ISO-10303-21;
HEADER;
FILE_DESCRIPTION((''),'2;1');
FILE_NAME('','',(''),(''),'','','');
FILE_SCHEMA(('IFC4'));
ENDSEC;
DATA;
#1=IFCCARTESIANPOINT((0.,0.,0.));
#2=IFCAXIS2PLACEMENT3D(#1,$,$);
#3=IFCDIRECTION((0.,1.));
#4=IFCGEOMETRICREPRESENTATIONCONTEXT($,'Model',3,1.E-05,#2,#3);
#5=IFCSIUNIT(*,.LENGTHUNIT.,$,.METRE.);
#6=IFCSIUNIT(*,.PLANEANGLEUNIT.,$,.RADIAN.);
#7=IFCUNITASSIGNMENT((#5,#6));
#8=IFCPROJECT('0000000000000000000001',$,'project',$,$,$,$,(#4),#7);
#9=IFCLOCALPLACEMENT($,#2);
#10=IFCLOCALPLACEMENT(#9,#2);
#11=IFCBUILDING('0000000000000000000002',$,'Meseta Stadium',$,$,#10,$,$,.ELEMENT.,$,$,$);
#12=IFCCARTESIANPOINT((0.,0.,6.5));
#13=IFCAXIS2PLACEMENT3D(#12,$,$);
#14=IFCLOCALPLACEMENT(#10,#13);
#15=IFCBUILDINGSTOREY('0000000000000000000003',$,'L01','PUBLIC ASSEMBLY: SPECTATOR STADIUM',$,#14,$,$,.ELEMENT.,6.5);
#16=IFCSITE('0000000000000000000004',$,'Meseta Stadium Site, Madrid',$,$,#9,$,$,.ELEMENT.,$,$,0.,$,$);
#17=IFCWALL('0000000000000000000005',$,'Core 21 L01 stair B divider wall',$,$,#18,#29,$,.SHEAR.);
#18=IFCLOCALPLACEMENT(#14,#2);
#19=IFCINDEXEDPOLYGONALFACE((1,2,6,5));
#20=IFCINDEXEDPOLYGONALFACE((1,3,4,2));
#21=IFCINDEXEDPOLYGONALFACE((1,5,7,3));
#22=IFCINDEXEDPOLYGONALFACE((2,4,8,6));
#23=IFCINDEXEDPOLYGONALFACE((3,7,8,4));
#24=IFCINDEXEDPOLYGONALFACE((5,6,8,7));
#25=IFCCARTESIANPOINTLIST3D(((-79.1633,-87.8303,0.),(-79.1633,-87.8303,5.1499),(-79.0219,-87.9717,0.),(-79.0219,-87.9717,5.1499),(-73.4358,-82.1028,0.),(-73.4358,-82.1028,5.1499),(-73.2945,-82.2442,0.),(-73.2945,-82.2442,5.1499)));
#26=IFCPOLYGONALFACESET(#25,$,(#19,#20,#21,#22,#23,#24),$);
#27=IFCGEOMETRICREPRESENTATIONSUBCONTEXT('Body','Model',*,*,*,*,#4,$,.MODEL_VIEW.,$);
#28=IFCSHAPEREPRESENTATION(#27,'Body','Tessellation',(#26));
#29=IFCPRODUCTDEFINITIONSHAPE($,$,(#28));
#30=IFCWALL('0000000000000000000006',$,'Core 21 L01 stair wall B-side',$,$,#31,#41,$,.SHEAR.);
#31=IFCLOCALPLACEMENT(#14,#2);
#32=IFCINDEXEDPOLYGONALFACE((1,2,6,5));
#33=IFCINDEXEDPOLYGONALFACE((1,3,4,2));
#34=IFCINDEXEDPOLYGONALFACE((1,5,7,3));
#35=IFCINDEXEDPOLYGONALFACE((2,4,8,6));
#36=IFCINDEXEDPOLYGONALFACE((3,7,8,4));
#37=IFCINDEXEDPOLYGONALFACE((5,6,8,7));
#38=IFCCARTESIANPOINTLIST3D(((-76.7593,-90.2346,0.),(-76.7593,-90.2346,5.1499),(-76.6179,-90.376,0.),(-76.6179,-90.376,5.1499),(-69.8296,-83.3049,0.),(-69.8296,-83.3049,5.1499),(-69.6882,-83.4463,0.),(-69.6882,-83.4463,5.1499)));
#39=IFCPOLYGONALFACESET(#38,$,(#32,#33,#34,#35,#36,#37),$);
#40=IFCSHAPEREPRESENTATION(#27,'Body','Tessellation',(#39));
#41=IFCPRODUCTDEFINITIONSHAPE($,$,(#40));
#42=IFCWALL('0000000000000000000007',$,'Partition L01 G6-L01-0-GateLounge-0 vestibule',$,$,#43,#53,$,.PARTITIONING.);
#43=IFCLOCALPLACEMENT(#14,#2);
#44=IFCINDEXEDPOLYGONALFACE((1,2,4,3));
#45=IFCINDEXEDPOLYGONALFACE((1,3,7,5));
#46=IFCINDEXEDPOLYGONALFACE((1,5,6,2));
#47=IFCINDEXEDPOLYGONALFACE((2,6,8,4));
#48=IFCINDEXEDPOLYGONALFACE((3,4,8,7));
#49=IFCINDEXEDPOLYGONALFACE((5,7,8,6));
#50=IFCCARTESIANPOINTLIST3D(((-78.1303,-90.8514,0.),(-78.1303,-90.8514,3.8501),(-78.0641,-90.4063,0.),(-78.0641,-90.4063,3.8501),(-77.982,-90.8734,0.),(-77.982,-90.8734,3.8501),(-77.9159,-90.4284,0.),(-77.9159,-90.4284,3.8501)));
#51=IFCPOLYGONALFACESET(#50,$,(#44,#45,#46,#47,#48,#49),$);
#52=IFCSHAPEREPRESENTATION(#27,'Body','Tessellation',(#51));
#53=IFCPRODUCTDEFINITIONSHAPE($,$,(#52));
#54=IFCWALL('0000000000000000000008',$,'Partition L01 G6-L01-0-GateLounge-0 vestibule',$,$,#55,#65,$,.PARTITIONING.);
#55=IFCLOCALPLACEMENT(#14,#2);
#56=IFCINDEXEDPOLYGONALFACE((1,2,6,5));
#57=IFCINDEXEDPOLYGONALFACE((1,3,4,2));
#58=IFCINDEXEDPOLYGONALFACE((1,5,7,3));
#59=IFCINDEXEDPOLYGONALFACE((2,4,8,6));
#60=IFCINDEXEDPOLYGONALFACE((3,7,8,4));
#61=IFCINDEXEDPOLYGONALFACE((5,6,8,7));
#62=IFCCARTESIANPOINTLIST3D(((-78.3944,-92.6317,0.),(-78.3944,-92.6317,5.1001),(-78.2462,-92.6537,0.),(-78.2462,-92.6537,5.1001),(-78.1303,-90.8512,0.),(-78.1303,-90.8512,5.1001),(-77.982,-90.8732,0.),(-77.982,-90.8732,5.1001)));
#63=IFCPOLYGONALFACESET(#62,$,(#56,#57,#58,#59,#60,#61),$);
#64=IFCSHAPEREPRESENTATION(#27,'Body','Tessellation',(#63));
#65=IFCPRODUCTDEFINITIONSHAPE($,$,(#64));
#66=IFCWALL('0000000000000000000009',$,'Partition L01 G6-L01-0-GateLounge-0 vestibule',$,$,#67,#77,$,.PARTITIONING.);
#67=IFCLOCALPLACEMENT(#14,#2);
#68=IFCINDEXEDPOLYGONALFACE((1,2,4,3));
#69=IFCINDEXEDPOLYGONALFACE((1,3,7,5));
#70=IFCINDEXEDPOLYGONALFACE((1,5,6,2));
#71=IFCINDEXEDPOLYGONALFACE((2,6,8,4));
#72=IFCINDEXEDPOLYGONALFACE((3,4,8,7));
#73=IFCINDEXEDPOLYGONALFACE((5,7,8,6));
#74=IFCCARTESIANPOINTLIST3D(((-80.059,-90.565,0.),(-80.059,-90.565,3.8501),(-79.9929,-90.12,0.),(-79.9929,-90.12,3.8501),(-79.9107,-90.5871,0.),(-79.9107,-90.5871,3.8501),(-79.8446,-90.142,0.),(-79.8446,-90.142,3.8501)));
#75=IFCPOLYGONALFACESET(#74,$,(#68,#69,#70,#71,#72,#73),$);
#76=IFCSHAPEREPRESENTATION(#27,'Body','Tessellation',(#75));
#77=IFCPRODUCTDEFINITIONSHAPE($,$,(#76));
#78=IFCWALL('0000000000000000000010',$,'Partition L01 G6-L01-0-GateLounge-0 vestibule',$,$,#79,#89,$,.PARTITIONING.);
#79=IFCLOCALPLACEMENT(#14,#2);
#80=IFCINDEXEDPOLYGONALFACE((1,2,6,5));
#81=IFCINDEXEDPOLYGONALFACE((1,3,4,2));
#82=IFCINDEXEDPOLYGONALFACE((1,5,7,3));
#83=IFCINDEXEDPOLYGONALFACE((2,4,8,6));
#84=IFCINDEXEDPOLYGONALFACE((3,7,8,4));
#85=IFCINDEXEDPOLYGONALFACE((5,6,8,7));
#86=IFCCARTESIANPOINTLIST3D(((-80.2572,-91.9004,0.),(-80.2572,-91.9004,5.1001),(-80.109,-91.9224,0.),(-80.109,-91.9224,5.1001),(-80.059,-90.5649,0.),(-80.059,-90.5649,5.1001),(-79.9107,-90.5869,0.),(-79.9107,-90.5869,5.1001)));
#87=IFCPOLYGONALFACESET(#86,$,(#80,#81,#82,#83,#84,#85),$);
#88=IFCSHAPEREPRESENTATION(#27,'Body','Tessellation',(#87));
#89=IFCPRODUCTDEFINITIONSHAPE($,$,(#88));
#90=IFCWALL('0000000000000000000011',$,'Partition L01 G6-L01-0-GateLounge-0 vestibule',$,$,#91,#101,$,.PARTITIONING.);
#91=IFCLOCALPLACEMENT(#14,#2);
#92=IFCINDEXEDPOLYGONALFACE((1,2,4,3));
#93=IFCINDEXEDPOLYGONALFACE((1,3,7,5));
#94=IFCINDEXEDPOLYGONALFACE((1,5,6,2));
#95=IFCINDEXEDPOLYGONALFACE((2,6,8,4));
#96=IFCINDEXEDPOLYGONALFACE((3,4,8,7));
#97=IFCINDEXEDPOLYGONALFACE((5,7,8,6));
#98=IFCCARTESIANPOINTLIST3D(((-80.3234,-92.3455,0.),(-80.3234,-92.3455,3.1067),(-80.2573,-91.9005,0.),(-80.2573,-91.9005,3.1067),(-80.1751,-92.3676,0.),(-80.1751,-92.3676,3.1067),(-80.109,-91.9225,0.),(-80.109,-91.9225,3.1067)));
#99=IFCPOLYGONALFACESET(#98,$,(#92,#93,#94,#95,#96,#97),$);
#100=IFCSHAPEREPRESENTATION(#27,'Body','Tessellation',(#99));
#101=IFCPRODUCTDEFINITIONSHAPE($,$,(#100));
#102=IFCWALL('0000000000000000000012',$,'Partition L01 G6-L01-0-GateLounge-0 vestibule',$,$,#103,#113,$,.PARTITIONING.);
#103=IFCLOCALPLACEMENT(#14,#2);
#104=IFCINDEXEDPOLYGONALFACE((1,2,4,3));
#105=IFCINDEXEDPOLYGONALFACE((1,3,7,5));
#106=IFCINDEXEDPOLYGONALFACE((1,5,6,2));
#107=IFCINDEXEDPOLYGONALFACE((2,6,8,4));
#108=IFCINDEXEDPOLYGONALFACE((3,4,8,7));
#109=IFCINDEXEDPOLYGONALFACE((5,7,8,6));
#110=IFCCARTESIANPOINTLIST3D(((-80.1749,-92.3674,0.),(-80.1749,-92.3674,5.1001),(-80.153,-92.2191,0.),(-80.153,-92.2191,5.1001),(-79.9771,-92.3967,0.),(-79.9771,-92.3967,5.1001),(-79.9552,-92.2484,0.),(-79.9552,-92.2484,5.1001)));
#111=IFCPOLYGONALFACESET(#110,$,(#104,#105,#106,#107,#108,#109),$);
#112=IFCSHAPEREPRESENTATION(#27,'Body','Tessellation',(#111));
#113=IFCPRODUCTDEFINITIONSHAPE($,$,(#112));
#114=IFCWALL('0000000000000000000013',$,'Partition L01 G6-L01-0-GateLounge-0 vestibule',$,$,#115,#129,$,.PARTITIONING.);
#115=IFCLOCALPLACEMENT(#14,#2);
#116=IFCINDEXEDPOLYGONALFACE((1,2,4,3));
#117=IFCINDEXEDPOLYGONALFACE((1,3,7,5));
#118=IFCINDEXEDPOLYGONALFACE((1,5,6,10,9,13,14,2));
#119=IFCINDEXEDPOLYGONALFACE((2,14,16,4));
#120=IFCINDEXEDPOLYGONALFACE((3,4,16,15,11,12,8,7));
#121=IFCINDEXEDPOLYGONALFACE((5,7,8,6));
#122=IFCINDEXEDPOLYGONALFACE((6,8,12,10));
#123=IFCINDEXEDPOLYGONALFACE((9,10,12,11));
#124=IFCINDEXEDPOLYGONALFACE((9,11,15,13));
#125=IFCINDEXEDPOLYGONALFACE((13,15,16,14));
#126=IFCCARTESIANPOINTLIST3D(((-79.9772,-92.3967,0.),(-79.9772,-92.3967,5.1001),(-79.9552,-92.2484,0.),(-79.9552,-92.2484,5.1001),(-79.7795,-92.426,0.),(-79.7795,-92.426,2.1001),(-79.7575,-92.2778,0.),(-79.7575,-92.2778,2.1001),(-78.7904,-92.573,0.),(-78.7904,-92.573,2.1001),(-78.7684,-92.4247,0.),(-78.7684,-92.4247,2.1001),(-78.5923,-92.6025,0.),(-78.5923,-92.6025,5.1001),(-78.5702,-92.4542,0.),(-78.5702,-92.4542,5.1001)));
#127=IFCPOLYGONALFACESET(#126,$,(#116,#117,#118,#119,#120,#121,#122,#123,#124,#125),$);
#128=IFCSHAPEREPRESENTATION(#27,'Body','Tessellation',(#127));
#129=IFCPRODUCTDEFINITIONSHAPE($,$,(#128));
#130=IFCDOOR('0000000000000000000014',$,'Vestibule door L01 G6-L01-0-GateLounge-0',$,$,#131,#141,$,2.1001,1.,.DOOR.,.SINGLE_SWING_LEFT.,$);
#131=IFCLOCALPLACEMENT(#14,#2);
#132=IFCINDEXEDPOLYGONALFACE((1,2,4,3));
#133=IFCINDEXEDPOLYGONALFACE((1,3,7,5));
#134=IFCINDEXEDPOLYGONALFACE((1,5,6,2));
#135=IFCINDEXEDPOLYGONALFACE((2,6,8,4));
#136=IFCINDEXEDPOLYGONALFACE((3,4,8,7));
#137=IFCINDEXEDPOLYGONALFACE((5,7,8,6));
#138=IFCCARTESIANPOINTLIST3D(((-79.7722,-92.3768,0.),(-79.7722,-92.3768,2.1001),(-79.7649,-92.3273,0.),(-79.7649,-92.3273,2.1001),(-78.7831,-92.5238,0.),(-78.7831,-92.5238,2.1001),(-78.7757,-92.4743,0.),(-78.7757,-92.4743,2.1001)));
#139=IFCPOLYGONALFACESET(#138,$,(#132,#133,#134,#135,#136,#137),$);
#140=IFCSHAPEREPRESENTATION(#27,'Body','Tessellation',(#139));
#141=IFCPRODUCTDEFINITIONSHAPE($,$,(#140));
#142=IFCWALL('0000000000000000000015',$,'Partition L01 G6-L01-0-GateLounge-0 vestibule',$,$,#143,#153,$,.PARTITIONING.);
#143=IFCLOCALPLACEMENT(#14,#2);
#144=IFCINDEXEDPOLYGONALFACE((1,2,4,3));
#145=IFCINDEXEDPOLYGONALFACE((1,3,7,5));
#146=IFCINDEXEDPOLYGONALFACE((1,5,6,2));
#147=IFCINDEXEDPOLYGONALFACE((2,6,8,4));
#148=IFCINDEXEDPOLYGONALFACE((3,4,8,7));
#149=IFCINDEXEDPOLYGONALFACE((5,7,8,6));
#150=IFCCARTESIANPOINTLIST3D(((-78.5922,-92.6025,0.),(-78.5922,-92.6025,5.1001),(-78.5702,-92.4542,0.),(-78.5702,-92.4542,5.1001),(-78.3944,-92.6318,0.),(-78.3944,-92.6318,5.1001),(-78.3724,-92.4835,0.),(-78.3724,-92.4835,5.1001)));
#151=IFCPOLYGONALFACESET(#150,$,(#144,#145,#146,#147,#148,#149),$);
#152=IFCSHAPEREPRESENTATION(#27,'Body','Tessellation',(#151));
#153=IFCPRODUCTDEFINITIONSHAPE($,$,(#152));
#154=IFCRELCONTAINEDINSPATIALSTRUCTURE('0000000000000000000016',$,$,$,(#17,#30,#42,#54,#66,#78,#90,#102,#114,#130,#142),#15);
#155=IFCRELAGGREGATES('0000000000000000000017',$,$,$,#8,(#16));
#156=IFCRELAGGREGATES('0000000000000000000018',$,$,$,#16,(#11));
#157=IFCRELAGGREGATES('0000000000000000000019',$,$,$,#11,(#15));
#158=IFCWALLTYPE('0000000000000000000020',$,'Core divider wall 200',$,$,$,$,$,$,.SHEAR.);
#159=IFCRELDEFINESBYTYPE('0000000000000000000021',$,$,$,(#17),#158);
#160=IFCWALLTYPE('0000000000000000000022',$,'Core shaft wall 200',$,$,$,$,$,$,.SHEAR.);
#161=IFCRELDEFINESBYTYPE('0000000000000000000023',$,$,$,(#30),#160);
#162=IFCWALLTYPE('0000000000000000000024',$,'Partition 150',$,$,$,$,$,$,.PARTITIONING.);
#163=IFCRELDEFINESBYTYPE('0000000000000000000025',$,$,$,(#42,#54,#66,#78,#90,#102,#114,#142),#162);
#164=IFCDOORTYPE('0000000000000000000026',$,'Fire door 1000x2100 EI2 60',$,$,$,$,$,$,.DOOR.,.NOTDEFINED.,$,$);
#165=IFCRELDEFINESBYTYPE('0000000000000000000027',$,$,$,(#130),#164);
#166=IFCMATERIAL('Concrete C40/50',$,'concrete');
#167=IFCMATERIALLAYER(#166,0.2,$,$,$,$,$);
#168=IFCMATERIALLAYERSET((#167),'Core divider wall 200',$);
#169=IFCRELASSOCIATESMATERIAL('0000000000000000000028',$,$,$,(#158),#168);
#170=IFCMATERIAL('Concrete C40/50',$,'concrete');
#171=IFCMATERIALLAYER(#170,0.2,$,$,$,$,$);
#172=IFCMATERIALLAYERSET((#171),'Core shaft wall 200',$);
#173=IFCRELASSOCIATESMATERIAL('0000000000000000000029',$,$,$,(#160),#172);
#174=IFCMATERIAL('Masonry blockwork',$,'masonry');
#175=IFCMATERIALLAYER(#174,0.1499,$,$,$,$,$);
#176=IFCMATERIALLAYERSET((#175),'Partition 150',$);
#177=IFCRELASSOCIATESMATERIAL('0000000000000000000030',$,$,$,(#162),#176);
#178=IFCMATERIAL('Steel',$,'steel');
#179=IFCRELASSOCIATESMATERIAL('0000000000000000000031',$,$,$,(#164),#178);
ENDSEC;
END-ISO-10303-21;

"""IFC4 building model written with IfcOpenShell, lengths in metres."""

from ifc_helpers import new_model, si_unit, direction, frame, frame_2d, origin, place, context, subcontext, project, spatial, rectangle, extrude, material, layer, layer_set, type_object, element, fill, save


model = new_model("IFC4")

# Units and contexts
model_context = context("Model", 3, precision=1e-05, world=origin(), true_north=direction((0.0, 1.0)))
body_context = subcontext(model_context, "Body", "Model", "MODEL_VIEW")
ifc_project = project(units=[si_unit("LENGTHUNIT", "METRE"), si_unit("PLANEANGLEUNIT", "RADIAN")], contexts=[model_context])

# Site, building, storey
site_placement = place(None, origin())
site = spatial("IfcSite", under=ifc_project, at=site_placement, Name="Meseta Stadium Site, Madrid", CompositionType="ELEMENT", RefElevation=0.0)
building_placement = place(site_placement, origin())
building = spatial("IfcBuilding", under=site, at=building_placement, Name="Meseta Stadium", CompositionType="ELEMENT")
storey_placement = place(building_placement, frame((0.0, 0.0, 6.5)))
storey = spatial("IfcBuildingStorey", under=building, at=storey_placement, Name="L01", Description="PUBLIC ASSEMBLY: SPECTATOR STADIUM", CompositionType="ELEMENT", Elevation=6.5)

# Walls
ifc_material_1 = material(Name="Concrete C40/50", Category="concrete")
ifc_layer_1 = layer(ifc_material_1, 0.2)
ifc_layer_set_1 = layer_set([ifc_layer_1], Name="Core divider wall 200")
wall_type_1 = type_object("IfcWallType", Name="Core divider wall 200", PredefinedType="SHEAR", material=ifc_layer_set_1)
wall_1_placement = place(storey_placement, frame((-79.0925, -87.9009, 0.0), z_axis=(0.0, 0.0, 1.0), x_axis=(0.707107, 0.707107, 0.0)))
element("IfcWall", 1, at=wall_1_placement, inside=storey, type_object=wall_type_1, Name="Core 21 L01 stair B divider wall", PredefinedType="SHEAR", context=body_context, shape_type="SweptSolid", body=[
    extrude(rectangle(XDim=8.0999, YDim=0.2, at=frame_2d((4.0498, 0.0))), origin(), (0.0, 0.0, 1.0), 5.1499),
])
ifc_material_2 = material(Name="Concrete C40/50", Category="concrete")
ifc_layer_2 = layer(ifc_material_2, 0.2)
ifc_layer_set_2 = layer_set([ifc_layer_2], Name="Core shaft wall 200")
wall_type_2 = type_object("IfcWallType", Name="Core shaft wall 200", PredefinedType="SHEAR", material=ifc_layer_set_2)
wall_2_placement = place(storey_placement, frame((-76.6885, -90.3052, 0.0), z_axis=(0.0, 0.0, 1.0), x_axis=(0.707107, 0.707107, 0.0)))
element("IfcWall", 2, at=wall_2_placement, inside=storey, type_object=wall_type_2, Name="Core 21 L01 stair wall B-side", PredefinedType="SHEAR", context=body_context, shape_type="SweptSolid", body=[
    extrude(rectangle(XDim=9.8, YDim=0.2, at=frame_2d((4.8999, 0.0))), origin(), (0.0, 0.0, 1.0), 5.1499),
])
ifc_material_3 = material(Name="Masonry blockwork", Category="masonry")
ifc_layer_3 = layer(ifc_material_3, 0.1499)
ifc_layer_set_3 = layer_set([ifc_layer_3], Name="Partition 150")
wall_type_3 = type_object("IfcWallType", Name="Partition 150", PredefinedType="PARTITIONING", material=ifc_layer_set_3)
wall_3_placement = place(storey_placement, frame((-77.99, -90.4172, 0.0), z_axis=(0.0, 0.0, 1.0), x_axis=(-0.14704, -0.989131, 0.0)))
element("IfcWall", 3, at=wall_3_placement, inside=storey, type_object=wall_type_3, Name="Partition L01 G6-L01-0-GateLounge-0 vestibule", PredefinedType="PARTITIONING", context=body_context, shape_type="SweptSolid", body=[
    extrude(rectangle(XDim=0.45, YDim=0.1499, at=frame_2d((0.2251, 0.0))), origin(), (0.0, 0.0, 1.0), 3.8501),
])
wall_4_placement = place(storey_placement, frame((-78.0562, -90.8623, 0.0), z_axis=(0.0, 0.0, 1.0), x_axis=(-0.146755, -0.989173, 0.0)))
element("IfcWall", 4, at=wall_4_placement, inside=storey, type_object=wall_type_3, Name="Partition L01 G6-L01-0-GateLounge-0 vestibule", PredefinedType="PARTITIONING", context=body_context, shape_type="SweptSolid", body=[
    extrude(rectangle(XDim=1.8, YDim=0.1499, at=frame_2d((0.8999, 0.0))), origin(), (0.0, 0.0, 1.0), 5.1001),
])
wall_5_placement = place(storey_placement, frame((-79.9187, -90.1309, 0.0), z_axis=(0.0, 0.0, 1.0), x_axis=(-0.14704, -0.989131, 0.0)))
element("IfcWall", 5, at=wall_5_placement, inside=storey, type_object=wall_type_3, Name="Partition L01 G6-L01-0-GateLounge-0 vestibule", PredefinedType="PARTITIONING", context=body_context, shape_type="SweptSolid", body=[
    extrude(rectangle(XDim=0.45, YDim=0.1499, at=frame_2d((0.2251, 0.0))), origin(), (0.0, 0.0, 1.0), 3.8501),
])
wall_6_placement = place(storey_placement, frame((-79.9849, -90.5759, 0.0), z_axis=(0.0, 0.0, 1.0), x_axis=(-0.146837, -0.989161, 0.0)))
element("IfcWall", 6, at=wall_6_placement, inside=storey, type_object=wall_type_3, Name="Partition L01 G6-L01-0-GateLounge-0 vestibule", PredefinedType="PARTITIONING", context=body_context, shape_type="SweptSolid", body=[
    extrude(rectangle(XDim=1.3501, YDim=0.1499, at=frame_2d((0.675, 0.0))), origin(), (0.0, 0.0, 1.0), 5.1001),
])
wall_7_placement = place(storey_placement, frame((-80.1831, -91.9114, 0.0), z_axis=(0.0, 0.0, 1.0), x_axis=(-0.14704, -0.989131, 0.0)))
element("IfcWall", 7, at=wall_7_placement, inside=storey, type_object=wall_type_3, Name="Partition L01 G6-L01-0-GateLounge-0 vestibule", PredefinedType="PARTITIONING", context=body_context, shape_type="SweptSolid", body=[
    extrude(rectangle(XDim=0.45, YDim=0.1499, at=frame_2d((0.2251, 0.0))), origin(), (0.0, 0.0, 1.0), 3.1067),
])
wall_8_placement = place(storey_placement, frame((-80.1641, -92.2932, 0.0), z_axis=(0.0, 0.0, 1.0), x_axis=(0.989203, -0.146549, 0.0)))
element("IfcWall", 8, at=wall_8_placement, inside=storey, type_object=wall_type_3, Name="Partition L01 G6-L01-0-GateLounge-0 vestibule", PredefinedType="PARTITIONING", context=body_context, shape_type="SweptSolid", body=[
    extrude(rectangle(XDim=0.2, YDim=0.1499, at=frame_2d((0.1001, 0.0))), origin(), (0.0, 0.0, 1.0), 5.1001),
])

# Wall, opening, door
wall_9_placement = place(storey_placement, frame((-79.9663, -92.3225, 0.0), z_axis=(0.0, 0.0, 1.0), x_axis=(0.989139, -0.146985, 0.0)))
wall_9 = element("IfcWall", 9, at=wall_9_placement, inside=storey, type_object=wall_type_3, Name="Partition L01 G6-L01-0-GateLounge-0 vestibule", PredefinedType="PARTITIONING", context=body_context, shape_type="SweptSolid", body=[
    extrude(rectangle(XDim=1.4001, YDim=0.1499, at=frame_2d((0.7002, 0.0))), origin(), (0.0, 0.0, 1.0), 5.1001),
])
opening_placement = place(wall_9_placement, frame((0.2, 0.0, 0.0)))
opening = element("IfcOpeningElement", 10, at=opening_placement, cuts=wall_9, PredefinedType="OPENING", context=body_context, shape_type="SweptSolid", body=[
    extrude(rectangle(XDim=1.0, YDim=2.1001, at=frame_2d((0.5, 1.05))), frame((0.0, 0.085, 0.0), z_axis=(0.0, -1.0, 0.0), x_axis=(1.0, 0.0, 0.0)), (0.0, 0.0, 1.0), 0.1699),
])
ifc_material_4 = material(Name="Steel", Category="steel")
door_type = type_object("IfcDoorType", Name="Fire door 1000x2100 EI2 60", OperationType="NOTDEFINED", PredefinedType="DOOR", material=ifc_material_4)
door_placement = place(opening_placement, origin())
door = element("IfcDoor", 11, at=door_placement, inside=storey, type_object=door_type, Name="Vestibule door L01 G6-L01-0-GateLounge-0", OperationType="SINGLE_SWING_LEFT", OverallHeight=2.1001, OverallWidth=1.0, PredefinedType="DOOR", context=body_context, shape_type="SweptSolid", body=[
    extrude(rectangle(XDim=1.0, YDim=2.1001, at=frame_2d((0.5, 1.05))), frame((0.0, 0.0249, 0.0), z_axis=(0.0, -1.0, 0.0), x_axis=(1.0, 0.0, 0.0)), (0.0, 0.0, 1.0), 0.05),
])
fill(opening, door)

# Wall
wall_10_placement = place(storey_placement, frame((-78.5813, -92.5283, 0.0), z_axis=(0.0, 0.0, 1.0), x_axis=(0.989203, -0.146549, 0.0)))
element("IfcWall", 12, at=wall_10_placement, inside=storey, type_object=wall_type_3, Name="Partition L01 G6-L01-0-GateLounge-0 vestibule", PredefinedType="PARTITIONING", context=body_context, shape_type="SweptSolid", body=[
    extrude(rectangle(XDim=0.2, YDim=0.1499, at=frame_2d((0.1001, 0.0))), origin(), (0.0, 0.0, 1.0), 5.1001),
])

save(model, "model.ifc")
